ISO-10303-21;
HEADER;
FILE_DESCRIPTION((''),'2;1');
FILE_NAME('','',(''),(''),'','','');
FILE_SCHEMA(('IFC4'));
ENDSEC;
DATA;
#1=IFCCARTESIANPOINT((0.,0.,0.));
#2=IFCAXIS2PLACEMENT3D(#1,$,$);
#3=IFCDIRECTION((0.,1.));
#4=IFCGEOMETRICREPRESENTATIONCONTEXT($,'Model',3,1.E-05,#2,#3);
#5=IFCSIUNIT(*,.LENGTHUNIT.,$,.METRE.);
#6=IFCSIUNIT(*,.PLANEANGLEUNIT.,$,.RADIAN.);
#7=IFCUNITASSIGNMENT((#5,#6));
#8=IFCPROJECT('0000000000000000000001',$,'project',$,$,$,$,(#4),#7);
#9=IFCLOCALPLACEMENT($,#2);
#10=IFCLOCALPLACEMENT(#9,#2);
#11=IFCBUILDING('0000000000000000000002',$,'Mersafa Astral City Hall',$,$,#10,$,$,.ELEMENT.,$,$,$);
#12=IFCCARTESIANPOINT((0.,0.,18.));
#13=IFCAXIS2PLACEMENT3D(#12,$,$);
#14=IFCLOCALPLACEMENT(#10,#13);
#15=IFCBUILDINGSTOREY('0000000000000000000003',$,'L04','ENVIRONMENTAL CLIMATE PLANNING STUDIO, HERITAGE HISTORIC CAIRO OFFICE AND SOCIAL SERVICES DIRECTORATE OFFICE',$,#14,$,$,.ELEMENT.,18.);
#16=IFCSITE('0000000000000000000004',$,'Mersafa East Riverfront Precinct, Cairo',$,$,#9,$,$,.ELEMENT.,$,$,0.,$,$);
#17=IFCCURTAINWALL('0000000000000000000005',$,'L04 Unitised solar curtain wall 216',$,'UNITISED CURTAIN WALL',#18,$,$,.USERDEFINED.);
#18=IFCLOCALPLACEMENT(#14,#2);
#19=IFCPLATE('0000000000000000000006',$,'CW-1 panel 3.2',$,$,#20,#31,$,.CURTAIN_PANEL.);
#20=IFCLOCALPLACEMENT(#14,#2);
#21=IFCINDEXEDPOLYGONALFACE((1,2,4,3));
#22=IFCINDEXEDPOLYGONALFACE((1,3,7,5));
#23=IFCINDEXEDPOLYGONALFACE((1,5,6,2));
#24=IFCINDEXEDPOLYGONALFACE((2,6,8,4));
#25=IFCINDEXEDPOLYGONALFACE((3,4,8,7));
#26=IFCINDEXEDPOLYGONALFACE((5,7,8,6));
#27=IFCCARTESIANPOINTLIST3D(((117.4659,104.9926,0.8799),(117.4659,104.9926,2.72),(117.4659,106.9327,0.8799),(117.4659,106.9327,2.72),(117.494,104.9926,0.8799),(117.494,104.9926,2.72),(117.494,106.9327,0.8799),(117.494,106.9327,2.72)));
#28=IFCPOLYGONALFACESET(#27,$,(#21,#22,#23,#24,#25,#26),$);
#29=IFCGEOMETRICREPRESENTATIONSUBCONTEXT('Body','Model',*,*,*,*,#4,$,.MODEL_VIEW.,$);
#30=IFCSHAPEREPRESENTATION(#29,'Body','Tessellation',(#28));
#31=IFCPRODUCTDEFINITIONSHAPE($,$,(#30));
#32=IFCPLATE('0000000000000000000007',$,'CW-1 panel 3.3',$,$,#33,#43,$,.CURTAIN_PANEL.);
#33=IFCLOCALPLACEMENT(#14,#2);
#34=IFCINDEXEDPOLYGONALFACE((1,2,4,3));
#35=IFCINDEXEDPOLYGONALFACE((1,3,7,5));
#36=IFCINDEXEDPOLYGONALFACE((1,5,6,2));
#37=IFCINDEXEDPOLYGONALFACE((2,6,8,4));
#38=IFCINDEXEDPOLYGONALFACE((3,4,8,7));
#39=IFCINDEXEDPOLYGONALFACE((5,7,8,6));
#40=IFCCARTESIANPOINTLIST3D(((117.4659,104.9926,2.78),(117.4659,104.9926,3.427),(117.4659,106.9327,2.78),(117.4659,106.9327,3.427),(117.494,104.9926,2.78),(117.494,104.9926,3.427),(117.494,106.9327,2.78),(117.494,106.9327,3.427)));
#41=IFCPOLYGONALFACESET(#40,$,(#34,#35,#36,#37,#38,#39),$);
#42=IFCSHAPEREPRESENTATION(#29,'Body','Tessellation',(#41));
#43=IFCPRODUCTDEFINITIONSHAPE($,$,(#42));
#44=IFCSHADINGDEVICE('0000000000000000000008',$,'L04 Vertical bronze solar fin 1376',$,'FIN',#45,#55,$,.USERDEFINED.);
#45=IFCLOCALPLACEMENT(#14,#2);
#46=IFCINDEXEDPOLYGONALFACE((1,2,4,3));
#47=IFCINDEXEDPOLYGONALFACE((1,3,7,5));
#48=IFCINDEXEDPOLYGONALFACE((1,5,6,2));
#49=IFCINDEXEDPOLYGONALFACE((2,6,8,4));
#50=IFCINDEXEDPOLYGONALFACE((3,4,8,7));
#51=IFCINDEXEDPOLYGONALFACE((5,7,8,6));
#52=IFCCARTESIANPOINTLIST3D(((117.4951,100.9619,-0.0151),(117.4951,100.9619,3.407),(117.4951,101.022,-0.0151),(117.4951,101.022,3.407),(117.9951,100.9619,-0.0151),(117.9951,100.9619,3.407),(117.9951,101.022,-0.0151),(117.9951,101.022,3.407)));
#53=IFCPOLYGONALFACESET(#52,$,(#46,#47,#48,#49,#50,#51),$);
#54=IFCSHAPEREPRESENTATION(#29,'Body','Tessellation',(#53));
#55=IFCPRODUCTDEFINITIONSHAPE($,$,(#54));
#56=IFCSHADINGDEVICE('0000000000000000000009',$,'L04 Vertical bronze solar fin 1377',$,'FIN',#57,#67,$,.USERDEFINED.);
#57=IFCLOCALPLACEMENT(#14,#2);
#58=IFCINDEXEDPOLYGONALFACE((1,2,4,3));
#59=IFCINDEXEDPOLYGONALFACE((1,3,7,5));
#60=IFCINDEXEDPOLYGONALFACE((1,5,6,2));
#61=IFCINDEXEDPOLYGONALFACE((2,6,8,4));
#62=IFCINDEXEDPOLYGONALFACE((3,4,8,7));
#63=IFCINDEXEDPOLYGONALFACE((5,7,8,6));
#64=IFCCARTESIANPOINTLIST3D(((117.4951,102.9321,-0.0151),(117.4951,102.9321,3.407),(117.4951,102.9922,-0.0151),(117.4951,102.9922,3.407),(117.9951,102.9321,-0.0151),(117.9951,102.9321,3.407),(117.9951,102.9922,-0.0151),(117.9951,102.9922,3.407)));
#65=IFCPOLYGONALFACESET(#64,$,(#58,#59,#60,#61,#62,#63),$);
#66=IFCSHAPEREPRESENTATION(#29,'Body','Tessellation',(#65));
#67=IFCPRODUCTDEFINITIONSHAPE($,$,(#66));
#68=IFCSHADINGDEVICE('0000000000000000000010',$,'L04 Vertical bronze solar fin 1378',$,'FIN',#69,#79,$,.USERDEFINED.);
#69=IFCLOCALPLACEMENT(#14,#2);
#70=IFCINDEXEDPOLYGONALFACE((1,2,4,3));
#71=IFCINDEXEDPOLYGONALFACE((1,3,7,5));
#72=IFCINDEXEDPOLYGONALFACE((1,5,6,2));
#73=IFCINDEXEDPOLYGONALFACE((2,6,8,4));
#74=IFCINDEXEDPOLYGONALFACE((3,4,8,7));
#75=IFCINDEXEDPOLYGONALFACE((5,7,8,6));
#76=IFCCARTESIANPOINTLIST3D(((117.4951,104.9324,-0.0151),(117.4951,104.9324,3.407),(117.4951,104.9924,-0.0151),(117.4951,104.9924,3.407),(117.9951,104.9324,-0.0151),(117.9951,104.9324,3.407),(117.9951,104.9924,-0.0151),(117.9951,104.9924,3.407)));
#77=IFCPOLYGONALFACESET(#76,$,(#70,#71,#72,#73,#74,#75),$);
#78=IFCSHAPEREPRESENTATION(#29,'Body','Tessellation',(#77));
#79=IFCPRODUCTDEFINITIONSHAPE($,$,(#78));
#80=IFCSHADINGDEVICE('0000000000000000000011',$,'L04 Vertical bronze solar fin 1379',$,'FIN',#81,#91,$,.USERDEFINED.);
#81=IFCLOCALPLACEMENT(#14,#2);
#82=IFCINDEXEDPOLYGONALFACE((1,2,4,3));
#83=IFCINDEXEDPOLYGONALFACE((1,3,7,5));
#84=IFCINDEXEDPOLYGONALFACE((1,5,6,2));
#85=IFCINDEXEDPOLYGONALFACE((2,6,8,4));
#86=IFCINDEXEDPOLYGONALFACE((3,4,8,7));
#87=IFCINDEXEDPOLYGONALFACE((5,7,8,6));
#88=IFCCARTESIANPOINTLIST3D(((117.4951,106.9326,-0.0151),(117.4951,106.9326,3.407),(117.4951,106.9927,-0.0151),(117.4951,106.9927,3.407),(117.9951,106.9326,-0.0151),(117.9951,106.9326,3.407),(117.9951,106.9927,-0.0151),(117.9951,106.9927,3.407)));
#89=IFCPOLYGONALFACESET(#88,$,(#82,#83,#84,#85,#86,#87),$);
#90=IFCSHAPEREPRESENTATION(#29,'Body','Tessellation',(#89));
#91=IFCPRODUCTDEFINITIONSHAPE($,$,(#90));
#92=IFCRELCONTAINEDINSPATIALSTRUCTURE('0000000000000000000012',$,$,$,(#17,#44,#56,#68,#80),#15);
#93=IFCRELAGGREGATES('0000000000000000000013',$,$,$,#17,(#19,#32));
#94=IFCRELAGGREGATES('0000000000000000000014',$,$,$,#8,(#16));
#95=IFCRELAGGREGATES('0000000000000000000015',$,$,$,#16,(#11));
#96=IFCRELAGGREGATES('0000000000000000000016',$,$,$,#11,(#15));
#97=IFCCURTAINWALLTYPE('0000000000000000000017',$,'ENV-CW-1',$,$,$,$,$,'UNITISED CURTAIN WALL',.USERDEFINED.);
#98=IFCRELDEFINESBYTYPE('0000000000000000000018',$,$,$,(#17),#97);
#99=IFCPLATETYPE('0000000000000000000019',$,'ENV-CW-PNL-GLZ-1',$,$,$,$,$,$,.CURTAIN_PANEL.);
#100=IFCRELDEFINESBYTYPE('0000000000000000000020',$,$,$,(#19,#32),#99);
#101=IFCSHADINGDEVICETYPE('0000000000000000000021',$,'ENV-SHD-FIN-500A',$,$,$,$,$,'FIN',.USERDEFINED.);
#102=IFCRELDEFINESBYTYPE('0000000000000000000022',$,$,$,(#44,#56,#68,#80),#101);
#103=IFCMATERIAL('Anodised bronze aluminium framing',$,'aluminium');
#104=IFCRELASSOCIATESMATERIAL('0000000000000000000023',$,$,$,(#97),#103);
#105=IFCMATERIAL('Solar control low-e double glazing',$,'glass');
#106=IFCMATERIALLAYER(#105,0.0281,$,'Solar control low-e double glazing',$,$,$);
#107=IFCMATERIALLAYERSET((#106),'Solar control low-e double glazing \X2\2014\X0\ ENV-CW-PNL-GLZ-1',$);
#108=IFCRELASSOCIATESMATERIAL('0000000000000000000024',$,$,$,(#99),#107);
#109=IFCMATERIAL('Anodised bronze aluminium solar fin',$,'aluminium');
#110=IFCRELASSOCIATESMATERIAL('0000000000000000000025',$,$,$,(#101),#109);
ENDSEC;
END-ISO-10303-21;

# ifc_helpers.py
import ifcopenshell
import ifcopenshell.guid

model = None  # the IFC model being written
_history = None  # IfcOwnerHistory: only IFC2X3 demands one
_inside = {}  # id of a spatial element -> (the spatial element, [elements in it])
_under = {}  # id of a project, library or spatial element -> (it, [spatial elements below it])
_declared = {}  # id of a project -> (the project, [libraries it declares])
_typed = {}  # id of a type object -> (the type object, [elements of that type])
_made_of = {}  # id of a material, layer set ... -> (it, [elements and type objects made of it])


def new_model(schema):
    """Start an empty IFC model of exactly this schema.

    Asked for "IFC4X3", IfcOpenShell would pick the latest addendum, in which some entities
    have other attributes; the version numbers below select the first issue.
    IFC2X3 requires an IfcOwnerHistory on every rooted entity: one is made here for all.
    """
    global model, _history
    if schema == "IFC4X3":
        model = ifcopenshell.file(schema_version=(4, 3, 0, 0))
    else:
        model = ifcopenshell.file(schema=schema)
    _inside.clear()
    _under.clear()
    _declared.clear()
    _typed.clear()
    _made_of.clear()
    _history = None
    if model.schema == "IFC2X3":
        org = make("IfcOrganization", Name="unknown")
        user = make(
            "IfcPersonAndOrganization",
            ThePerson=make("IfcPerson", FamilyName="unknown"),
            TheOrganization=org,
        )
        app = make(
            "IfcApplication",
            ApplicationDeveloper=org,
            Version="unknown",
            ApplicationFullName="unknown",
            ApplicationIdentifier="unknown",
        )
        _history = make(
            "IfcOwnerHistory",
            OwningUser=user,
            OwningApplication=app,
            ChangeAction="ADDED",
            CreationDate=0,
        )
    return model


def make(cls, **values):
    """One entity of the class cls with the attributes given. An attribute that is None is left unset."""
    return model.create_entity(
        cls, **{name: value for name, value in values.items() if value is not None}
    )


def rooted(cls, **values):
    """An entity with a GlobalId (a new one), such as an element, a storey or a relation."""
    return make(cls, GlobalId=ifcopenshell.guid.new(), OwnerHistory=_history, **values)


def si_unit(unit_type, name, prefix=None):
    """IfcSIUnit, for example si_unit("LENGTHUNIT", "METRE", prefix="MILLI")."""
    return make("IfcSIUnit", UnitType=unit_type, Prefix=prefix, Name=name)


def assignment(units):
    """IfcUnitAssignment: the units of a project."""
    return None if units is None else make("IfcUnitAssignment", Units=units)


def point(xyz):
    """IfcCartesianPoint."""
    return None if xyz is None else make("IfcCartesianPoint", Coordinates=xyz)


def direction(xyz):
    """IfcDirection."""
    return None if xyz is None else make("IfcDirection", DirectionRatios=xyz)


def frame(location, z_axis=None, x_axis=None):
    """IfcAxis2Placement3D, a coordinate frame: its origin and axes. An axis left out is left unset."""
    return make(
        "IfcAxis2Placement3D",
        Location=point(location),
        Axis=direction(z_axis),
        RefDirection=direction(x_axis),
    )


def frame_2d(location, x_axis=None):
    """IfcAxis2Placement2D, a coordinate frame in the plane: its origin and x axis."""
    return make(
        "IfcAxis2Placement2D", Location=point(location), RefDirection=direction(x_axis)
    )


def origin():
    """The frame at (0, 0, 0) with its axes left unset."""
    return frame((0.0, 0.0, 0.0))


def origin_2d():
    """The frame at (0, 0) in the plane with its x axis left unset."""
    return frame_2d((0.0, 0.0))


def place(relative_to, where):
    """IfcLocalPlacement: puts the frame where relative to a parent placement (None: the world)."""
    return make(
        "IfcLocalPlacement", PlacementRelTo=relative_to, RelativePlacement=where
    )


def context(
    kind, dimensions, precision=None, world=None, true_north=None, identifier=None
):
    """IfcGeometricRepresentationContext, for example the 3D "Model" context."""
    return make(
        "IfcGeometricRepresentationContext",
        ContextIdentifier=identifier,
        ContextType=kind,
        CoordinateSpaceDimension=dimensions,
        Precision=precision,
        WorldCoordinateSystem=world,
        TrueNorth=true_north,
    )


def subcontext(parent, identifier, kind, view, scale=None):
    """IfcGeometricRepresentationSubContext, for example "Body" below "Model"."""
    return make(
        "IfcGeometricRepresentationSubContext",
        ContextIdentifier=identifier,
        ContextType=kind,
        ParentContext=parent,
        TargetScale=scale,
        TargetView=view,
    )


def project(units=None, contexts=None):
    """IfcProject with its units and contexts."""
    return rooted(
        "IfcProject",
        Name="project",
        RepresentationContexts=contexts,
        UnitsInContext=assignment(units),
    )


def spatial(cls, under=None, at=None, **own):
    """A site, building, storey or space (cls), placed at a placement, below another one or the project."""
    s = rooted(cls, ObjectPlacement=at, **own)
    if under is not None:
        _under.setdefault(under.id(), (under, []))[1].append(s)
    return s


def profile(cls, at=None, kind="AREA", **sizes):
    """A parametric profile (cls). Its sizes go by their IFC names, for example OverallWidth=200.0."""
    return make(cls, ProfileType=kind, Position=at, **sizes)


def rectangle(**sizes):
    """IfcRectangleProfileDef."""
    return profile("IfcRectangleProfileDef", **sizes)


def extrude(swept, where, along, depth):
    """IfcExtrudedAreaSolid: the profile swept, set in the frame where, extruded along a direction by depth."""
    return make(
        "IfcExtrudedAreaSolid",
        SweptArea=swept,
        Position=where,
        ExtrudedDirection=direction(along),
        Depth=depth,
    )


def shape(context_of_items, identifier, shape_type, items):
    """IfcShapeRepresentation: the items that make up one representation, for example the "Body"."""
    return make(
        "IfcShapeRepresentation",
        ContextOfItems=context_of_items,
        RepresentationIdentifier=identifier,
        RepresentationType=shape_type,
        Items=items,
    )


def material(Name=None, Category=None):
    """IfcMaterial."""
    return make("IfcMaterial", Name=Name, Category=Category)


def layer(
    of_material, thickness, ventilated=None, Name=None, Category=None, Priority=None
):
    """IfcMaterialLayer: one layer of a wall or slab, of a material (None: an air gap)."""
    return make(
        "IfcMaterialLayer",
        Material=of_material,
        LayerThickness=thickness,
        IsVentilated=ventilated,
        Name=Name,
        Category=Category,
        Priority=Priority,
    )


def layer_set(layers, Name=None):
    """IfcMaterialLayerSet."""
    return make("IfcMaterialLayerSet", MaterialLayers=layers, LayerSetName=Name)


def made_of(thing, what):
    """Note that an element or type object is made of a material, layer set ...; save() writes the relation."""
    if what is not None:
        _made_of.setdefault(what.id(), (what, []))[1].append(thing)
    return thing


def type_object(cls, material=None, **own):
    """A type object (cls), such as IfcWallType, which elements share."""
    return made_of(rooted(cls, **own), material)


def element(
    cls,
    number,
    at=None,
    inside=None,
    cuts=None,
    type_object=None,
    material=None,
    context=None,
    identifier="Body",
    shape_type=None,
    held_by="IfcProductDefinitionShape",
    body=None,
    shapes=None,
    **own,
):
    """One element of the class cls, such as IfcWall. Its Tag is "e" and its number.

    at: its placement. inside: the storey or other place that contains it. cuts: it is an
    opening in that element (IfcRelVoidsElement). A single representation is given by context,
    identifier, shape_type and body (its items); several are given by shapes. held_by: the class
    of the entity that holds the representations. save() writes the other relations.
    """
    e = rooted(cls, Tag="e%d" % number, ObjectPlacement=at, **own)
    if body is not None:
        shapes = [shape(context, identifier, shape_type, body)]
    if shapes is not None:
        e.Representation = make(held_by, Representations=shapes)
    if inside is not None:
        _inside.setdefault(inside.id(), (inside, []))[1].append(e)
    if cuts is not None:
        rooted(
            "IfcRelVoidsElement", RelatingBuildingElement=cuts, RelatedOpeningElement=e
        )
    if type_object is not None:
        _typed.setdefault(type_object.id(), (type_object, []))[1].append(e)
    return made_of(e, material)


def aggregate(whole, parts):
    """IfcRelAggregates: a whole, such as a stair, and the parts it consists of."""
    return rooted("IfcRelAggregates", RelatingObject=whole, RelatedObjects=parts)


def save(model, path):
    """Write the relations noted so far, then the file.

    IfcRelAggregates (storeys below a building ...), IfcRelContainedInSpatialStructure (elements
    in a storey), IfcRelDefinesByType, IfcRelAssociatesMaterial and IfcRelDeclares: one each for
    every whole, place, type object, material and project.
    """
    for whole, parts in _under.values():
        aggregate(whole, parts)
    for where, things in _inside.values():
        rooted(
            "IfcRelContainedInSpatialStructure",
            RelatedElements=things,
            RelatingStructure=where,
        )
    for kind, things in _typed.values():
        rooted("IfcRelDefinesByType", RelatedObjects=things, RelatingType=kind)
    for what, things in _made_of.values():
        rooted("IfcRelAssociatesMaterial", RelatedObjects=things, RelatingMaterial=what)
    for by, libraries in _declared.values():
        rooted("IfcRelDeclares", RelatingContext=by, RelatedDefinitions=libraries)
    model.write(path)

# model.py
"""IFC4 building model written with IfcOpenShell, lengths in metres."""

from ifc_helpers import new_model, si_unit, direction, frame, origin, origin_2d, place, context, subcontext, project, spatial, rectangle, extrude, material, layer, layer_set, type_object, element, aggregate, save


model = new_model("IFC4")

# Units and contexts
model_context = context("Model", 3, precision=1e-05, world=origin(), true_north=direction((0.0, 1.0)))
body_context = subcontext(model_context, "Body", "Model", "MODEL_VIEW")
ifc_project = project(units=[si_unit("LENGTHUNIT", "METRE"), si_unit("PLANEANGLEUNIT", "RADIAN")], contexts=[model_context])

# Site, building, storey
site_placement = place(None, origin())
site = spatial("IfcSite", under=ifc_project, at=site_placement, Name="Mersafa East Riverfront Precinct, Cairo", CompositionType="ELEMENT", RefElevation=0.0)
building_placement = place(site_placement, origin())
building = spatial("IfcBuilding", under=site, at=building_placement, Name="Mersafa Astral City Hall", CompositionType="ELEMENT")
storey_placement = place(building_placement, frame((0.0, 0.0, 18.0)))
storey = spatial("IfcBuildingStorey", under=building, at=storey_placement, Name="L04", Description="ENVIRONMENTAL CLIMATE PLANNING STUDIO, HERITAGE HISTORIC CAIRO OFFICE AND SOCIAL SERVICES DIRECTORATE OFFICE", CompositionType="ELEMENT", Elevation=18.0)

# Curtain wall
ifc_material_1 = material(Name="Anodised bronze aluminium framing", Category="aluminium")
curtain_wall_type = type_object("IfcCurtainWallType", Name="ENV-CW-1", ElementType="UNITISED CURTAIN WALL", PredefinedType="USERDEFINED", material=ifc_material_1)
curtain_wall_placement = place(storey_placement, origin())
curtain_wall = element("IfcCurtainWall", 1, at=curtain_wall_placement, inside=storey, type_object=curtain_wall_type, Name="L04 Unitised solar curtain wall 216", ObjectType="UNITISED CURTAIN WALL", PredefinedType="USERDEFINED")

# Plates
ifc_material_2 = material(Name="Solar control low-e double glazing", Category="glass")
ifc_layer = layer(ifc_material_2, 0.0281, Name="Solar control low-e double glazing")
ifc_layer_set = layer_set([ifc_layer], Name="Solar control low-e double glazing — ENV-CW-PNL-GLZ-1")
plate_type = type_object("IfcPlateType", Name="ENV-CW-PNL-GLZ-1", PredefinedType="CURTAIN_PANEL", material=ifc_layer_set)
plate_1_placement = place(storey_placement, frame((117.48, 105.9626, 0.8799), z_axis=(0.0, 0.0, 1.0), x_axis=(0.0, 1.0, 0.0)))
plate_1 = element("IfcPlate", 2, at=plate_1_placement, type_object=plate_type, Name="CW-1 panel 3.2", PredefinedType="CURTAIN_PANEL", context=body_context, shape_type="SweptSolid", body=[
    extrude(rectangle(XDim=1.9402, YDim=0.0281, at=origin_2d()), origin(), (0.0, 0.0, 1.0), 1.8401),
])
plate_2_placement = place(storey_placement, frame((117.48, 105.9626, 2.78), z_axis=(0.0, 0.0, 1.0), x_axis=(0.0, 1.0, 0.0)))
plate_2 = element("IfcPlate", 3, at=plate_2_placement, type_object=plate_type, Name="CW-1 panel 3.3", PredefinedType="CURTAIN_PANEL", context=body_context, shape_type="SweptSolid", body=[
    extrude(rectangle(XDim=1.9402, YDim=0.0281, at=origin_2d()), origin(), (0.0, 0.0, 1.0), 0.647),
])
aggregate(curtain_wall, [plate_1, plate_2])

# Shading devices
ifc_material_3 = material(Name="Anodised bronze aluminium solar fin", Category="aluminium")
shading_device_type = type_object("IfcShadingDeviceType", Name="ENV-SHD-FIN-500A", ElementType="FIN", PredefinedType="USERDEFINED", material=ifc_material_3)
for number, where, z_axis, x_axis, name in (
    (4, (117.7451, 100.9919, -0.0151), (0.0, 0.0, 1.0), (0.0, 1.0, 0.0), "L04 Vertical bronze solar fin 1376"),
    (5, (117.7451, 102.9622, -0.0151), (0.0, 0.0, 1.0), (0.0, 1.0, 0.0), "L04 Vertical bronze solar fin 1377"),
    (6, (117.7451, 104.9624, -0.0151), (0.0, 0.0, 1.0), (0.0, 1.0, 0.0), "L04 Vertical bronze solar fin 1378"),
    (7, (117.7451, 106.9626, -0.0151), (0.0, 0.0, 1.0), (0.0, 1.0, 0.0), "L04 Vertical bronze solar fin 1379"),
):
    element("IfcShadingDevice", number, at=place(storey_placement, frame(where, z_axis=z_axis, x_axis=x_axis)), inside=storey, type_object=shading_device_type, Name=name, ObjectType="FIN", PredefinedType="USERDEFINED", context=body_context, shape_type="SweptSolid", body=[
        extrude(rectangle(XDim=0.0601, YDim=0.5, at=origin_2d()), origin(), (0.0, 0.0, 1.0), 3.4221),
    ])

save(model, "model.ifc")
